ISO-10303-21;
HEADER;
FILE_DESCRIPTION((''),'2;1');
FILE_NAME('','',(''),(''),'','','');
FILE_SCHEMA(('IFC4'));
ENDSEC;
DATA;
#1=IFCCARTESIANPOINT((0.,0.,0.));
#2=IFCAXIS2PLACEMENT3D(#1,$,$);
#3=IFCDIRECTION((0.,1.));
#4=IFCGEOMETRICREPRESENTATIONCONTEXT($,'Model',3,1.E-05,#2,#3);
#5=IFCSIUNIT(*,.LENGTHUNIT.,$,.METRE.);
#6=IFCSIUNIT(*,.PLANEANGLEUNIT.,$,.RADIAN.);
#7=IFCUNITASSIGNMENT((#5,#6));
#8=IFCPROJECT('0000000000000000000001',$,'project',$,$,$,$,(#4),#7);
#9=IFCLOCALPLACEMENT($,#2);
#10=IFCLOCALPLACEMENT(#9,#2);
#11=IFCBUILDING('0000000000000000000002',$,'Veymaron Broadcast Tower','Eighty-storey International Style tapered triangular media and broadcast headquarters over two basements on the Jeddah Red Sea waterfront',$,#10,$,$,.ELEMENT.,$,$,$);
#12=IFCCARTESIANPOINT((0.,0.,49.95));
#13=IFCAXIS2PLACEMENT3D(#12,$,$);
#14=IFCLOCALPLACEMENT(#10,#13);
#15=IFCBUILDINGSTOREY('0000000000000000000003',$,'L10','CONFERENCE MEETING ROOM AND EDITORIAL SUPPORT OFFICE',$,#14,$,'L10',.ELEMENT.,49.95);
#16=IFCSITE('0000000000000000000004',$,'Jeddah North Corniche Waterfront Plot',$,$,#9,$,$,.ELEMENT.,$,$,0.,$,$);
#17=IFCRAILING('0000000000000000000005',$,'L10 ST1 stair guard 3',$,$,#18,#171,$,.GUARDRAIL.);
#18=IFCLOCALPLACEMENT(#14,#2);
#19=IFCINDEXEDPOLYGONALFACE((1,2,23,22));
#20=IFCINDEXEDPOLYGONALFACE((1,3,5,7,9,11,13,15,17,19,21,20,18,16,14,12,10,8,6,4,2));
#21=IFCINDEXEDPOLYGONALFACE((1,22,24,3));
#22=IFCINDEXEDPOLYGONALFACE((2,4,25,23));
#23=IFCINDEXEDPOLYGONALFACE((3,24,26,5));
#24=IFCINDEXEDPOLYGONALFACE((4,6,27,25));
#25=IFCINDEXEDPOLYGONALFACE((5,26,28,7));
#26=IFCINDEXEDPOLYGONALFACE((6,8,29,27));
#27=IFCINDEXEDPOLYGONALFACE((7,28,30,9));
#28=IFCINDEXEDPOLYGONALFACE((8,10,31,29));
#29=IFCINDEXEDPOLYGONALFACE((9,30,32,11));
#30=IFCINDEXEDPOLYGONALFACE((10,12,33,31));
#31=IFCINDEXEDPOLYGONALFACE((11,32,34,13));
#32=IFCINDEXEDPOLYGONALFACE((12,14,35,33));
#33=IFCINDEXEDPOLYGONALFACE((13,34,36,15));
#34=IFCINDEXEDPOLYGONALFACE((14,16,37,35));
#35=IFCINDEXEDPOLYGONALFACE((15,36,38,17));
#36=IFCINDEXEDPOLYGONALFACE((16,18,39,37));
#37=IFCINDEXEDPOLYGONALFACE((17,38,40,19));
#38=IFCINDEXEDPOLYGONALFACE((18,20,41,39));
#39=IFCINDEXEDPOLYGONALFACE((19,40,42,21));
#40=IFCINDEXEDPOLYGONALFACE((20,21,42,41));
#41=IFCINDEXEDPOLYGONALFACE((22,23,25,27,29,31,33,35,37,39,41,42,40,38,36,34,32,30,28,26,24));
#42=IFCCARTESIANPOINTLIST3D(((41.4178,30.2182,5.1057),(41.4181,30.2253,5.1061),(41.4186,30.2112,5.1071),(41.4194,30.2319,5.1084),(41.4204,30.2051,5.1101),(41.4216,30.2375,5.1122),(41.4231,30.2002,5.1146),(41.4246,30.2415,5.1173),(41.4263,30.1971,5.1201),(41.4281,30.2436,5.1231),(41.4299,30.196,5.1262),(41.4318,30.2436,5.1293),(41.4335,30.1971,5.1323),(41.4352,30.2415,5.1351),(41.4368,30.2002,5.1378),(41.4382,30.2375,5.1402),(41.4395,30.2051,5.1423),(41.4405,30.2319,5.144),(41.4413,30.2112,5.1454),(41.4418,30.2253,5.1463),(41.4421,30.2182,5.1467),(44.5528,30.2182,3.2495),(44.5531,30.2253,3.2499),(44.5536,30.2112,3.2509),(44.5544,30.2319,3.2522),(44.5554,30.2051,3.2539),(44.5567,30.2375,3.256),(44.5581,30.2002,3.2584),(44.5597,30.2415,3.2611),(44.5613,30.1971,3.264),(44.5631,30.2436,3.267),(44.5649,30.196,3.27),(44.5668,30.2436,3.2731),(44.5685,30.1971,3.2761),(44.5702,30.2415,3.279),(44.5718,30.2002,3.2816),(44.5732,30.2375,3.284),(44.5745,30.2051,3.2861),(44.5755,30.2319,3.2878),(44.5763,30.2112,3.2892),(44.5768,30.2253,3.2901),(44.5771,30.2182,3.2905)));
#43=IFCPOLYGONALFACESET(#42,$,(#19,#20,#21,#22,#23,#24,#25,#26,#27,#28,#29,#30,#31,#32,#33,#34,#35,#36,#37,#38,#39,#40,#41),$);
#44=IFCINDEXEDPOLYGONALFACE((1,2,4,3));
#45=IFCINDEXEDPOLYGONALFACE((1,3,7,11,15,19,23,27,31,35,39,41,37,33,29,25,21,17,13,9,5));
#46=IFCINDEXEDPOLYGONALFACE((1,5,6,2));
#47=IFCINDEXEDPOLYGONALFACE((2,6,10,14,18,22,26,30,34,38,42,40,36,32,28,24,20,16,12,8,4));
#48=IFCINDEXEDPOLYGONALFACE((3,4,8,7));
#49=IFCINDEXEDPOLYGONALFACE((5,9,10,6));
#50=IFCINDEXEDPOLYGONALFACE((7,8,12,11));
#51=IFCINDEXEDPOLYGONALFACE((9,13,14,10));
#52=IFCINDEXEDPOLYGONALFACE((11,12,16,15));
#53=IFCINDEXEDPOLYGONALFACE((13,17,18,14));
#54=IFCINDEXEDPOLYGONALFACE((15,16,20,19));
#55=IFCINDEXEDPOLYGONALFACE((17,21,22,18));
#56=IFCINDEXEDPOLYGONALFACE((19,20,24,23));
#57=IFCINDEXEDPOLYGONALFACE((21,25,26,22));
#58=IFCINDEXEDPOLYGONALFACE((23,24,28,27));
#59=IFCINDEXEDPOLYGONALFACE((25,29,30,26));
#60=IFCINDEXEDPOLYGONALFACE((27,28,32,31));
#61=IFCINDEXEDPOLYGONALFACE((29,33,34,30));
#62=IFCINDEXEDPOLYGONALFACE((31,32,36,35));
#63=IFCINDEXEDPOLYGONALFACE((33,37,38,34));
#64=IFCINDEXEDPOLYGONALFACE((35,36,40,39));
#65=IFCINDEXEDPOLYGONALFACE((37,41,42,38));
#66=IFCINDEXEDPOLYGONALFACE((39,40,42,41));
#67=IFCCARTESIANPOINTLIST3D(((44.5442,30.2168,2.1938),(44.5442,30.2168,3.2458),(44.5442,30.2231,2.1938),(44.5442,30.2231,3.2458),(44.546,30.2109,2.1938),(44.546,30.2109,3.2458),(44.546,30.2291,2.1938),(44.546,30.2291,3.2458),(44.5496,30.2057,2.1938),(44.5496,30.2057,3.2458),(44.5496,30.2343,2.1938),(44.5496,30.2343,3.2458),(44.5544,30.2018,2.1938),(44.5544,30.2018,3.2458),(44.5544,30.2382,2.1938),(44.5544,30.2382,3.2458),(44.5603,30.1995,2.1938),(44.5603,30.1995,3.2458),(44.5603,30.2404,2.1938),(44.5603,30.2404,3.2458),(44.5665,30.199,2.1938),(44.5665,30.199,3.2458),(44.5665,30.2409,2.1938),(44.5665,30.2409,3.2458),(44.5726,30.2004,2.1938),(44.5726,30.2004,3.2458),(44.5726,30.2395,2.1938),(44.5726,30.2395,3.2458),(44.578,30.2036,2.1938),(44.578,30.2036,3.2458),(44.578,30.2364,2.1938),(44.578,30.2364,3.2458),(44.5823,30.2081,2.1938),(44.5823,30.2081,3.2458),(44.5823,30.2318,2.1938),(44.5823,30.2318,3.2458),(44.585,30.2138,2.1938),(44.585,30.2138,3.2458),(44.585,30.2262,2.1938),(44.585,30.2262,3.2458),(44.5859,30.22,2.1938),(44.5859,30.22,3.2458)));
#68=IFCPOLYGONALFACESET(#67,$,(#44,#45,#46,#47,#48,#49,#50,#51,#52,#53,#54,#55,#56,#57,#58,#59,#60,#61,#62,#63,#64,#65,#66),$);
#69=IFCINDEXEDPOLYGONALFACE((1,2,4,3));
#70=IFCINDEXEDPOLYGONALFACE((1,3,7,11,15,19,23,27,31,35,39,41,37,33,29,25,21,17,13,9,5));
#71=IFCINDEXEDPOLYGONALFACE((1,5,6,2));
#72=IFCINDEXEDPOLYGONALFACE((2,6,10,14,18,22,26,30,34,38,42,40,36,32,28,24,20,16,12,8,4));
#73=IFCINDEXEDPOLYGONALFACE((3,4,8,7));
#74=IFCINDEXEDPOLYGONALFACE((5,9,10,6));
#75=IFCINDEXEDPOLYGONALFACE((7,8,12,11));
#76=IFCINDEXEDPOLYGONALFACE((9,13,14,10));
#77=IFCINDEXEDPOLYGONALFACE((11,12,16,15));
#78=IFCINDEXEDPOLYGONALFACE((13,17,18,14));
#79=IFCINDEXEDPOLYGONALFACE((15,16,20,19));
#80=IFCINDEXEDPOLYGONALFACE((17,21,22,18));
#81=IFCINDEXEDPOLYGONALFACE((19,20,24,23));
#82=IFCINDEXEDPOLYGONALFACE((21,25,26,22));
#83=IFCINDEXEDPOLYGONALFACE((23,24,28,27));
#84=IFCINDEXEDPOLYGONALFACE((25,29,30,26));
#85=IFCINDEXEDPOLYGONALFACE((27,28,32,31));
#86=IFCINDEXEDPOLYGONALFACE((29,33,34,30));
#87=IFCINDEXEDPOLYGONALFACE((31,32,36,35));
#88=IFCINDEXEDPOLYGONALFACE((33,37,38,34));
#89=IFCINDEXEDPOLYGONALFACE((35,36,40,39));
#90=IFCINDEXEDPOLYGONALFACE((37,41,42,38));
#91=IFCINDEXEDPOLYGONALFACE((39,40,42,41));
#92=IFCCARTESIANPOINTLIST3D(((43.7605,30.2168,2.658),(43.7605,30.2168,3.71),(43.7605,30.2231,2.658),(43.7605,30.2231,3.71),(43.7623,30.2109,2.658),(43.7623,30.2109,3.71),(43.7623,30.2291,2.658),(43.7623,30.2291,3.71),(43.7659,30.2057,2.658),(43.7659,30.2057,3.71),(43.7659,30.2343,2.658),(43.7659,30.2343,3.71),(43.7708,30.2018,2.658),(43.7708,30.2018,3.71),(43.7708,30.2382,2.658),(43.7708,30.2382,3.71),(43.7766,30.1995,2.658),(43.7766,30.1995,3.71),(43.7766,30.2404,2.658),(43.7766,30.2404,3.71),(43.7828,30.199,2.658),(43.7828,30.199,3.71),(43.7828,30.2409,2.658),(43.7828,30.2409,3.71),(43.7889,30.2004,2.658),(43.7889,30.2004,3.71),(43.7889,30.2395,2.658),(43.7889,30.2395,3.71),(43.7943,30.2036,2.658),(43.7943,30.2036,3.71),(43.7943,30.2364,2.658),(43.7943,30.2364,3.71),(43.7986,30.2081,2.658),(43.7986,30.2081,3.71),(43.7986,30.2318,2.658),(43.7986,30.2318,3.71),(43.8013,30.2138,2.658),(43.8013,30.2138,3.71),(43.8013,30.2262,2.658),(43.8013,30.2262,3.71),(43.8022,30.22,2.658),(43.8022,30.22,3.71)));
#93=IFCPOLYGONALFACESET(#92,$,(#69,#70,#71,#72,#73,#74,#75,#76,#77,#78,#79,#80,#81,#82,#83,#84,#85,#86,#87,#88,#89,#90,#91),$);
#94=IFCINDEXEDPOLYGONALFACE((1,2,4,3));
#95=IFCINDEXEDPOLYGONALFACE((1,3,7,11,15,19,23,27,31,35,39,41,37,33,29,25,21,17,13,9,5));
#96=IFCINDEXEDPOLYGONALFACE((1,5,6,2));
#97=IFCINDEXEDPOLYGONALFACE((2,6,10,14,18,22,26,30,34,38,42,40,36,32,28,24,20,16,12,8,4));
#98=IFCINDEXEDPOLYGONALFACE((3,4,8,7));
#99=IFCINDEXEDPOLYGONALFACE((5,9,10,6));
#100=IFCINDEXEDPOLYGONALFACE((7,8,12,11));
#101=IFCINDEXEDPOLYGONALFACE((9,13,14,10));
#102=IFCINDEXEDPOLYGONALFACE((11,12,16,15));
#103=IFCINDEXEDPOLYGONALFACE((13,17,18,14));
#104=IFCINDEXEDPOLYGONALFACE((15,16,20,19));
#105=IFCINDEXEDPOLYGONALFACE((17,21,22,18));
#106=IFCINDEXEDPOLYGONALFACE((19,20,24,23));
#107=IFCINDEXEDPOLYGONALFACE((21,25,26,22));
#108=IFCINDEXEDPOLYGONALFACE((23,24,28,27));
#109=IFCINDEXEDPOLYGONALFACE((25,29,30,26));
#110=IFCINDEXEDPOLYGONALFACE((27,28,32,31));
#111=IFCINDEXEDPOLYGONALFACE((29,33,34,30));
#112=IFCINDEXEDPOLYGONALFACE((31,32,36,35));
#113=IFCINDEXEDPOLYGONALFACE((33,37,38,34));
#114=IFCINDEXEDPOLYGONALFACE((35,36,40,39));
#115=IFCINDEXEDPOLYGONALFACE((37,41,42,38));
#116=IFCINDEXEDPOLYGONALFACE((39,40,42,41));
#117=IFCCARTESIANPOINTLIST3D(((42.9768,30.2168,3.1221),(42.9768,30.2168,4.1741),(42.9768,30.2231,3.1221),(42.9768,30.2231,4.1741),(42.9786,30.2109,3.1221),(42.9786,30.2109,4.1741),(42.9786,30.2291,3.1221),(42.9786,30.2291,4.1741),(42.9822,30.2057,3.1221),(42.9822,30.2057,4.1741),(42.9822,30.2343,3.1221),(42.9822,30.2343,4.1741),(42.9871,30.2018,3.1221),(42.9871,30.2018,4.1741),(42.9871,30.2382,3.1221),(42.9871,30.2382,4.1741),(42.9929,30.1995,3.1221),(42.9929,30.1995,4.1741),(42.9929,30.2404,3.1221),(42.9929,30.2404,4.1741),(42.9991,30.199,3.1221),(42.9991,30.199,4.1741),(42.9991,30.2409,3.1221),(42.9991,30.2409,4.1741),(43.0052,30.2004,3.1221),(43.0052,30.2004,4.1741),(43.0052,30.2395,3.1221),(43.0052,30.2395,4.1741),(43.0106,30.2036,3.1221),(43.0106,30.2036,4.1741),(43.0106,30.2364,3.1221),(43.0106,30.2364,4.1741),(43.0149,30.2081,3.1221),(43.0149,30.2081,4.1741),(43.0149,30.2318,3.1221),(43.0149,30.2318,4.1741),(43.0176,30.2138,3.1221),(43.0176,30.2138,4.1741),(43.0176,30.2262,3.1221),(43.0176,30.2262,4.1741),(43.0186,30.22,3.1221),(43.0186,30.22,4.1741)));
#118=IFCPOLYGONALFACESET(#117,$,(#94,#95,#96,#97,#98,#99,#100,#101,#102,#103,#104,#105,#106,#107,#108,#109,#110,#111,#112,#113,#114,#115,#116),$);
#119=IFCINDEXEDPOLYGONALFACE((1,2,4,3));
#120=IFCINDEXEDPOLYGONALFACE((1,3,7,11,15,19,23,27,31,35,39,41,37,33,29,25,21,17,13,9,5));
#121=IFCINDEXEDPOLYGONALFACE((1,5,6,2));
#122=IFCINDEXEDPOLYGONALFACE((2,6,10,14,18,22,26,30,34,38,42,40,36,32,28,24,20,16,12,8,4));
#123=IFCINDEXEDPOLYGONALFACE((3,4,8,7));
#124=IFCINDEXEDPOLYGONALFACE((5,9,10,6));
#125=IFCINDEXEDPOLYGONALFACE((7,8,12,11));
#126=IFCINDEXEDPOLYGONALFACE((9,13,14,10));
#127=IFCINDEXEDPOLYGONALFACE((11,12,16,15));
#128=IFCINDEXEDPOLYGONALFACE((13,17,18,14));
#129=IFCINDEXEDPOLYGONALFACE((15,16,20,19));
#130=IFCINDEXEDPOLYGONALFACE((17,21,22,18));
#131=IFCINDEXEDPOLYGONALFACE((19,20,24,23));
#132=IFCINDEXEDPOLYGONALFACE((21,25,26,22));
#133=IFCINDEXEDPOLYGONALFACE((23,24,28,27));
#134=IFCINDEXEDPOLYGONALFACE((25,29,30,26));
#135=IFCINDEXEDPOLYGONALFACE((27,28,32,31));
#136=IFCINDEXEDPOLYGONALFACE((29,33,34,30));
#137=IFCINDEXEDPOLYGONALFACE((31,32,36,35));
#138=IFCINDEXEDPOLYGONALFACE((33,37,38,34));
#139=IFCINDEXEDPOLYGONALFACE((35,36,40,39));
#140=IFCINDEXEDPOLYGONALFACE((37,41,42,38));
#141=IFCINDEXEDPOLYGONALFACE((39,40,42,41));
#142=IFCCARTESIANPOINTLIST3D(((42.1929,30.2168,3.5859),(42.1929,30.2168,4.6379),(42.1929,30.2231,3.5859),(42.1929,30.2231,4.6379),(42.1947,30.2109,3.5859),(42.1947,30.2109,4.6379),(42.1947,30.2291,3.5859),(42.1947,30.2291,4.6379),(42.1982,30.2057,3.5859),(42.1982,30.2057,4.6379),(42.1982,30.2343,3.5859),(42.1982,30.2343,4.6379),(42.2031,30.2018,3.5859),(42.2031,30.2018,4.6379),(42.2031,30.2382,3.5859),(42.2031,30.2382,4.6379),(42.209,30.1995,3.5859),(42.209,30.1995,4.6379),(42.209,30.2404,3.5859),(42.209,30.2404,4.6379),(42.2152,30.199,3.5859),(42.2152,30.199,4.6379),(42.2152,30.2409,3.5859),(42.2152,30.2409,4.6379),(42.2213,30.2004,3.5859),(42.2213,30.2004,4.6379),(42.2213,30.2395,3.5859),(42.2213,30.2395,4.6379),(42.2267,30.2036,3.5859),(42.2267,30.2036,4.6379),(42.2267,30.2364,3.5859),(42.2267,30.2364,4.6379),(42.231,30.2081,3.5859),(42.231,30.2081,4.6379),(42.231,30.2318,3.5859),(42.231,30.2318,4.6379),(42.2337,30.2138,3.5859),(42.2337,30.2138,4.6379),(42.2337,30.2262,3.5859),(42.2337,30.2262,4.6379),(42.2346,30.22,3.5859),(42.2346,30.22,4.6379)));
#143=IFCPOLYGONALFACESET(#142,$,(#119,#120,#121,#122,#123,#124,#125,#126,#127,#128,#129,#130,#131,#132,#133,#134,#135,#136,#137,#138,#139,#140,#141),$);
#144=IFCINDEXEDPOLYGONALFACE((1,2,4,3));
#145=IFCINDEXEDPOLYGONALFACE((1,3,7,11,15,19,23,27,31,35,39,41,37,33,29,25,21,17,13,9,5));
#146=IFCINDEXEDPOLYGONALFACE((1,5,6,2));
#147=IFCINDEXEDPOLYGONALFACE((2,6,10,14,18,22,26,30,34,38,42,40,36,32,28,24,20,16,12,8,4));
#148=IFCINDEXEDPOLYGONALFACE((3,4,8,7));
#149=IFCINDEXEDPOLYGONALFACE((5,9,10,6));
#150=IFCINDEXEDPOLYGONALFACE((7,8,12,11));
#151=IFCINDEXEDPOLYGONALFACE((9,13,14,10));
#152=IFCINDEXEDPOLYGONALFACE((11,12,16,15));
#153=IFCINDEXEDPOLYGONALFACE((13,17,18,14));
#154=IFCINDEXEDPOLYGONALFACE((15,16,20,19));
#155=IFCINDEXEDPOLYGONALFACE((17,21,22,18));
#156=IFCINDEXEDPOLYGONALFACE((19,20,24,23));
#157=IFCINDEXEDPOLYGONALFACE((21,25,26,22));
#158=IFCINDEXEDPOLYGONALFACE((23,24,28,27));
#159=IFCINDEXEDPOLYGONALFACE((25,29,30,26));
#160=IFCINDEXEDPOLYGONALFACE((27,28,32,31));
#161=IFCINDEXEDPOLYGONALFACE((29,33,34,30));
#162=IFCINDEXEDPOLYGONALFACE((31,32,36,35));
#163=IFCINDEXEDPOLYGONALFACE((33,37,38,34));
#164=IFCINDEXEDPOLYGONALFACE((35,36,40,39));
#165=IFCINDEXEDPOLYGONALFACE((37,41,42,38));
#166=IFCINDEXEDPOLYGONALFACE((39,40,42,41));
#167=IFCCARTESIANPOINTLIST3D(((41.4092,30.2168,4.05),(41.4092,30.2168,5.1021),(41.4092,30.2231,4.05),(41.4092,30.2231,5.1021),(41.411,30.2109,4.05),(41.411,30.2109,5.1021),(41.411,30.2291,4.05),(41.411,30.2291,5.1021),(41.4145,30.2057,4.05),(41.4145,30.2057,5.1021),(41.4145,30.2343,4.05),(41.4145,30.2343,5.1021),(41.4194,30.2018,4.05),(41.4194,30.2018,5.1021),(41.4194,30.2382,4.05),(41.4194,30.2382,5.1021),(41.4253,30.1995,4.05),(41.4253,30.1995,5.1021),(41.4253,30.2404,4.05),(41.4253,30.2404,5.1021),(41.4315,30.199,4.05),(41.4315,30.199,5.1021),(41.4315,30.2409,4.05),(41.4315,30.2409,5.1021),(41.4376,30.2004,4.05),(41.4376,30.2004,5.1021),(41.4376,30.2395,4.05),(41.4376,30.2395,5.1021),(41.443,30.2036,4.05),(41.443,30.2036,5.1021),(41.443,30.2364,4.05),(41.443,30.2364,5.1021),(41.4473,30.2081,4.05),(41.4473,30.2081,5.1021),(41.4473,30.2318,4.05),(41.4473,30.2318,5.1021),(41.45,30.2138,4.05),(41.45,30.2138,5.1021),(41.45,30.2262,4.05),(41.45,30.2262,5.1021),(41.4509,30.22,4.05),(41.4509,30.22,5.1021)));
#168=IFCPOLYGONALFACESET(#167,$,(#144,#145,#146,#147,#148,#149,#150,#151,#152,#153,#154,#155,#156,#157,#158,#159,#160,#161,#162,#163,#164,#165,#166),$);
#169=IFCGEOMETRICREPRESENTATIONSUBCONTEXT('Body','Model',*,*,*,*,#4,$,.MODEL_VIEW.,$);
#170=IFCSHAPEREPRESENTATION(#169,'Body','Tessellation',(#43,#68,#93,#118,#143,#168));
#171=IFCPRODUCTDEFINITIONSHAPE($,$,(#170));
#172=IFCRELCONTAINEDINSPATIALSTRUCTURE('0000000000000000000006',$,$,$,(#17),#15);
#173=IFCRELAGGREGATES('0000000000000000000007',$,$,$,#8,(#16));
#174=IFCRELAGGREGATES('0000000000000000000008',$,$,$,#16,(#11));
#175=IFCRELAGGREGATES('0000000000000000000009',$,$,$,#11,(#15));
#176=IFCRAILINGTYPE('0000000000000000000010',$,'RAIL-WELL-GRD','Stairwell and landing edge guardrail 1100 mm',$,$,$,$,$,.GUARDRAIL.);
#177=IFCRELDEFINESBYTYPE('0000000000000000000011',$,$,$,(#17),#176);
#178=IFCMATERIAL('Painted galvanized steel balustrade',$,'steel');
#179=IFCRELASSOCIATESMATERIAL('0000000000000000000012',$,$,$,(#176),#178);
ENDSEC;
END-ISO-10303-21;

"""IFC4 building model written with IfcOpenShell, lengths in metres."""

from ifc_helpers import new_model, si_unit, direction, frame, origin, origin_2d, place, context, subcontext, project, spatial, circle, extrude, material, type_object, element, save


model = new_model("IFC4")

# Units and contexts
model_context = context("Model", 3, precision=1e-05, world=origin(), true_north=direction((0.0, 1.0)))
body_context = subcontext(model_context, "Body", "Model", "MODEL_VIEW")
ifc_project = project(units=[si_unit("LENGTHUNIT", "METRE"), si_unit("PLANEANGLEUNIT", "RADIAN")], contexts=[model_context])

# Site, building, storey
site_placement = place(None, origin())
site = spatial("IfcSite", under=ifc_project, at=site_placement, Name="Jeddah North Corniche Waterfront Plot", CompositionType="ELEMENT", RefElevation=0.0)
building_placement = place(site_placement, origin())
building = spatial("IfcBuilding", under=site, at=building_placement, Name="Veymaron Broadcast Tower", Description="Eighty-storey International Style tapered triangular media and broadcast headquarters over two basements on the Jeddah Red Sea waterfront", CompositionType="ELEMENT")
storey_placement = place(building_placement, frame((0.0, 0.0, 49.95)))
storey = spatial("IfcBuildingStorey", under=building, at=storey_placement, Name="L10", Description="CONFERENCE MEETING ROOM AND EDITORIAL SUPPORT OFFICE", LongName="L10", CompositionType="ELEMENT", Elevation=49.95)

# Railing
ifc_material_1 = material(Name="Painted galvanized steel balustrade", Category="steel")
railing_type_1 = type_object("IfcRailingType", Name="RAIL-WELL-GRD", Description="Stairwell and landing edge guardrail 1100 mm", PredefinedType="GUARDRAIL", material=ifc_material_1)
railing_1_placement = place(storey_placement, frame((44.5649, 30.22, 2.1938)))
element("IfcRailing", 1, at=railing_1_placement, inside=storey, type_object=railing_type_1, Name="L10 ST1 stair guard 3", PredefinedType="GUARDRAIL", context=body_context, shape_type="SweptSolid", body=[
    extrude(circle(Radius=0.0239, at=origin_2d()), frame((0.0, 0.0, 1.0762), z_axis=(-0.860482, 0.0, 0.509481), x_axis=(0.0, -1.0, 0.0)), (0.0, 0.0, 1.0), 3.6433),
    extrude(circle(Radius=0.021, at=origin_2d()), origin(), (0.0, 0.0, 1.0), 1.052),
    extrude(circle(Radius=0.021, at=origin_2d()), frame((-0.7837, 0.0, 0.4641)), (0.0, 0.0, 1.0), 1.052),
    extrude(circle(Radius=0.021, at=origin_2d()), frame((-1.5674, 0.0, 0.9282)), (0.0, 0.0, 1.0), 1.052),
    extrude(circle(Radius=0.021, at=origin_2d()), frame((-2.3513, 0.0, 1.3921)), (0.0, 0.0, 1.0), 1.052),
    extrude(circle(Radius=0.021, at=origin_2d()), frame((-3.135, 0.0, 1.8562)), (0.0, 0.0, 1.0), 1.052),
])

save(model, "model.ifc")
